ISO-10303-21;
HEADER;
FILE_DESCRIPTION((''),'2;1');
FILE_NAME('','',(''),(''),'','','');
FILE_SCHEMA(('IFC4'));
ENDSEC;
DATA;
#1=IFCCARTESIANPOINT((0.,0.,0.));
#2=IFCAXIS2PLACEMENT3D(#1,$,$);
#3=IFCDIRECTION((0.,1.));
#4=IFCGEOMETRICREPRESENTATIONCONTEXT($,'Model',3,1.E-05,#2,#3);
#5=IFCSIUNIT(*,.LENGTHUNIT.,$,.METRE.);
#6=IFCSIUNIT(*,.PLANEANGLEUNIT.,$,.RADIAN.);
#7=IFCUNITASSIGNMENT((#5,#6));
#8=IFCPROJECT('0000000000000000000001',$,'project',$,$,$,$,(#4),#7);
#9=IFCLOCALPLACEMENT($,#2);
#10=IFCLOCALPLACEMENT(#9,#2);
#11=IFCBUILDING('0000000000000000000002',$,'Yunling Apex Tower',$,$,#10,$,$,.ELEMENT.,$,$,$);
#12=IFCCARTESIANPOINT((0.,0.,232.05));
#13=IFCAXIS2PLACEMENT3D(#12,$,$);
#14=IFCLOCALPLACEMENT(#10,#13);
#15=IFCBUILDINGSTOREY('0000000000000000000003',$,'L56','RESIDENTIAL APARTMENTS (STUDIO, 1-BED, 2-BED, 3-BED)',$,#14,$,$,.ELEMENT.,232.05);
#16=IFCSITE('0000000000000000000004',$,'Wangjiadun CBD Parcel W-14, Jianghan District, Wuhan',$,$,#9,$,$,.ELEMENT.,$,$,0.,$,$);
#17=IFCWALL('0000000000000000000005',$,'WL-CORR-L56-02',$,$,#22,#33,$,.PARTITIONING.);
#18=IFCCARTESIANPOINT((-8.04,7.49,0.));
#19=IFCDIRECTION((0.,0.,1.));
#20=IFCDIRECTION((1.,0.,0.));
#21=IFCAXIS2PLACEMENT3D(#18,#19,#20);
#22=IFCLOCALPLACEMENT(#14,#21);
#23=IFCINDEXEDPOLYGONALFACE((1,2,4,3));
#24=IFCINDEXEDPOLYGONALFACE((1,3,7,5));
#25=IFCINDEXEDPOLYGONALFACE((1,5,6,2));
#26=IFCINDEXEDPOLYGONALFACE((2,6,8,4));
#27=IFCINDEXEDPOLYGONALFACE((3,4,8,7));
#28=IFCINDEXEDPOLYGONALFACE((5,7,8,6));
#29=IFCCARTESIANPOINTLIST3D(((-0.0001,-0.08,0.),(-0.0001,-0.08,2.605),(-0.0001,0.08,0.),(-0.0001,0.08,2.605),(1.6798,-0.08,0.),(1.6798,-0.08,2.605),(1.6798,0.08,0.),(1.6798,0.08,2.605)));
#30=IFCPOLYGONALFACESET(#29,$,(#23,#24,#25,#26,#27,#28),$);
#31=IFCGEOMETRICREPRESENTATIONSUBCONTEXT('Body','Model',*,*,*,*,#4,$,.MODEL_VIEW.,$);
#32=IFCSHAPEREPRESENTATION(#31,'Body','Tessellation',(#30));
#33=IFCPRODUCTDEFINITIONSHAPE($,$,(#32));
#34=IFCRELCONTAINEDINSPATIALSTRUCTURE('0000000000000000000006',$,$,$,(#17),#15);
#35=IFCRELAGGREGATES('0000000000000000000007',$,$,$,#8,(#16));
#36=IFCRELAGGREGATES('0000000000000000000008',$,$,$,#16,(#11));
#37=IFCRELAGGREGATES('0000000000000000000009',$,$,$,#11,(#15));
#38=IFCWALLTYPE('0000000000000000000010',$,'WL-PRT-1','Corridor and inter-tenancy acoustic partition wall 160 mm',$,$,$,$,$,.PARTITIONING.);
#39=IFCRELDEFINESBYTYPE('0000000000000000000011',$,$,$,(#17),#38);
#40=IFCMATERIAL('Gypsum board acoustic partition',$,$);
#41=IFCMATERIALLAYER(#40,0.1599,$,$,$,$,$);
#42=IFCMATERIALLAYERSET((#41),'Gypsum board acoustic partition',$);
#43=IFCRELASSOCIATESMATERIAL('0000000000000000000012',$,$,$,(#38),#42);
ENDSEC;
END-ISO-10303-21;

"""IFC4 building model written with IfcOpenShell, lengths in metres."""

from ifc_helpers import new_model, si_unit, direction, frame, frame_2d, origin, place, context, subcontext, project, spatial, rectangle, extrude, material, layer, layer_set, type_object, element, save


model = new_model("IFC4")

# Units and contexts
model_context = context("Model", 3, precision=1e-05, world=origin(), true_north=direction((0.0, 1.0)))
body_context = subcontext(model_context, "Body", "Model", "MODEL_VIEW")
ifc_project = project(units=[si_unit("LENGTHUNIT", "METRE"), si_unit("PLANEANGLEUNIT", "RADIAN")], contexts=[model_context])

# Site, building, storey
site_placement = place(None, origin())
site = spatial("IfcSite", under=ifc_project, at=site_placement, Name="Wangjiadun CBD Parcel W-14, Jianghan District, Wuhan", CompositionType="ELEMENT", RefElevation=0.0)
building_placement = place(site_placement, origin())
building = spatial("IfcBuilding", under=site, at=building_placement, Name="Yunling Apex Tower", CompositionType="ELEMENT")
storey_placement = place(building_placement, frame((0.0, 0.0, 232.05)))
storey = spatial("IfcBuildingStorey", under=building, at=storey_placement, Name="L56", Description="RESIDENTIAL APARTMENTS (STUDIO, 1-BED, 2-BED, 3-BED)", CompositionType="ELEMENT", Elevation=232.05)

# Wall
ifc_material_1 = material(Name="Gypsum board acoustic partition")
ifc_layer_1 = layer(ifc_material_1, 0.1599)
ifc_layer_set_1 = layer_set([ifc_layer_1], Name="Gypsum board acoustic partition")
wall_type_1 = type_object("IfcWallType", Name="WL-PRT-1", Description="Corridor and inter-tenancy acoustic partition wall 160 mm", PredefinedType="PARTITIONING", material=ifc_layer_set_1)
wall_1_placement = place(storey_placement, frame((-8.04, 7.49, 0.0), z_axis=(0.0, 0.0, 1.0), x_axis=(1.0, 0.0, 0.0)))
element("IfcWall", 1, at=wall_1_placement, inside=storey, type_object=wall_type_1, Name="WL-CORR-L56-02", PredefinedType="PARTITIONING", context=body_context, shape_type="SweptSolid", body=[
    extrude(rectangle(XDim=1.6799, YDim=0.1599, at=frame_2d((0.8398, 0.0))), origin(), (0.0, 0.0, 1.0), 2.605),
])

save(model, "model.ifc")
